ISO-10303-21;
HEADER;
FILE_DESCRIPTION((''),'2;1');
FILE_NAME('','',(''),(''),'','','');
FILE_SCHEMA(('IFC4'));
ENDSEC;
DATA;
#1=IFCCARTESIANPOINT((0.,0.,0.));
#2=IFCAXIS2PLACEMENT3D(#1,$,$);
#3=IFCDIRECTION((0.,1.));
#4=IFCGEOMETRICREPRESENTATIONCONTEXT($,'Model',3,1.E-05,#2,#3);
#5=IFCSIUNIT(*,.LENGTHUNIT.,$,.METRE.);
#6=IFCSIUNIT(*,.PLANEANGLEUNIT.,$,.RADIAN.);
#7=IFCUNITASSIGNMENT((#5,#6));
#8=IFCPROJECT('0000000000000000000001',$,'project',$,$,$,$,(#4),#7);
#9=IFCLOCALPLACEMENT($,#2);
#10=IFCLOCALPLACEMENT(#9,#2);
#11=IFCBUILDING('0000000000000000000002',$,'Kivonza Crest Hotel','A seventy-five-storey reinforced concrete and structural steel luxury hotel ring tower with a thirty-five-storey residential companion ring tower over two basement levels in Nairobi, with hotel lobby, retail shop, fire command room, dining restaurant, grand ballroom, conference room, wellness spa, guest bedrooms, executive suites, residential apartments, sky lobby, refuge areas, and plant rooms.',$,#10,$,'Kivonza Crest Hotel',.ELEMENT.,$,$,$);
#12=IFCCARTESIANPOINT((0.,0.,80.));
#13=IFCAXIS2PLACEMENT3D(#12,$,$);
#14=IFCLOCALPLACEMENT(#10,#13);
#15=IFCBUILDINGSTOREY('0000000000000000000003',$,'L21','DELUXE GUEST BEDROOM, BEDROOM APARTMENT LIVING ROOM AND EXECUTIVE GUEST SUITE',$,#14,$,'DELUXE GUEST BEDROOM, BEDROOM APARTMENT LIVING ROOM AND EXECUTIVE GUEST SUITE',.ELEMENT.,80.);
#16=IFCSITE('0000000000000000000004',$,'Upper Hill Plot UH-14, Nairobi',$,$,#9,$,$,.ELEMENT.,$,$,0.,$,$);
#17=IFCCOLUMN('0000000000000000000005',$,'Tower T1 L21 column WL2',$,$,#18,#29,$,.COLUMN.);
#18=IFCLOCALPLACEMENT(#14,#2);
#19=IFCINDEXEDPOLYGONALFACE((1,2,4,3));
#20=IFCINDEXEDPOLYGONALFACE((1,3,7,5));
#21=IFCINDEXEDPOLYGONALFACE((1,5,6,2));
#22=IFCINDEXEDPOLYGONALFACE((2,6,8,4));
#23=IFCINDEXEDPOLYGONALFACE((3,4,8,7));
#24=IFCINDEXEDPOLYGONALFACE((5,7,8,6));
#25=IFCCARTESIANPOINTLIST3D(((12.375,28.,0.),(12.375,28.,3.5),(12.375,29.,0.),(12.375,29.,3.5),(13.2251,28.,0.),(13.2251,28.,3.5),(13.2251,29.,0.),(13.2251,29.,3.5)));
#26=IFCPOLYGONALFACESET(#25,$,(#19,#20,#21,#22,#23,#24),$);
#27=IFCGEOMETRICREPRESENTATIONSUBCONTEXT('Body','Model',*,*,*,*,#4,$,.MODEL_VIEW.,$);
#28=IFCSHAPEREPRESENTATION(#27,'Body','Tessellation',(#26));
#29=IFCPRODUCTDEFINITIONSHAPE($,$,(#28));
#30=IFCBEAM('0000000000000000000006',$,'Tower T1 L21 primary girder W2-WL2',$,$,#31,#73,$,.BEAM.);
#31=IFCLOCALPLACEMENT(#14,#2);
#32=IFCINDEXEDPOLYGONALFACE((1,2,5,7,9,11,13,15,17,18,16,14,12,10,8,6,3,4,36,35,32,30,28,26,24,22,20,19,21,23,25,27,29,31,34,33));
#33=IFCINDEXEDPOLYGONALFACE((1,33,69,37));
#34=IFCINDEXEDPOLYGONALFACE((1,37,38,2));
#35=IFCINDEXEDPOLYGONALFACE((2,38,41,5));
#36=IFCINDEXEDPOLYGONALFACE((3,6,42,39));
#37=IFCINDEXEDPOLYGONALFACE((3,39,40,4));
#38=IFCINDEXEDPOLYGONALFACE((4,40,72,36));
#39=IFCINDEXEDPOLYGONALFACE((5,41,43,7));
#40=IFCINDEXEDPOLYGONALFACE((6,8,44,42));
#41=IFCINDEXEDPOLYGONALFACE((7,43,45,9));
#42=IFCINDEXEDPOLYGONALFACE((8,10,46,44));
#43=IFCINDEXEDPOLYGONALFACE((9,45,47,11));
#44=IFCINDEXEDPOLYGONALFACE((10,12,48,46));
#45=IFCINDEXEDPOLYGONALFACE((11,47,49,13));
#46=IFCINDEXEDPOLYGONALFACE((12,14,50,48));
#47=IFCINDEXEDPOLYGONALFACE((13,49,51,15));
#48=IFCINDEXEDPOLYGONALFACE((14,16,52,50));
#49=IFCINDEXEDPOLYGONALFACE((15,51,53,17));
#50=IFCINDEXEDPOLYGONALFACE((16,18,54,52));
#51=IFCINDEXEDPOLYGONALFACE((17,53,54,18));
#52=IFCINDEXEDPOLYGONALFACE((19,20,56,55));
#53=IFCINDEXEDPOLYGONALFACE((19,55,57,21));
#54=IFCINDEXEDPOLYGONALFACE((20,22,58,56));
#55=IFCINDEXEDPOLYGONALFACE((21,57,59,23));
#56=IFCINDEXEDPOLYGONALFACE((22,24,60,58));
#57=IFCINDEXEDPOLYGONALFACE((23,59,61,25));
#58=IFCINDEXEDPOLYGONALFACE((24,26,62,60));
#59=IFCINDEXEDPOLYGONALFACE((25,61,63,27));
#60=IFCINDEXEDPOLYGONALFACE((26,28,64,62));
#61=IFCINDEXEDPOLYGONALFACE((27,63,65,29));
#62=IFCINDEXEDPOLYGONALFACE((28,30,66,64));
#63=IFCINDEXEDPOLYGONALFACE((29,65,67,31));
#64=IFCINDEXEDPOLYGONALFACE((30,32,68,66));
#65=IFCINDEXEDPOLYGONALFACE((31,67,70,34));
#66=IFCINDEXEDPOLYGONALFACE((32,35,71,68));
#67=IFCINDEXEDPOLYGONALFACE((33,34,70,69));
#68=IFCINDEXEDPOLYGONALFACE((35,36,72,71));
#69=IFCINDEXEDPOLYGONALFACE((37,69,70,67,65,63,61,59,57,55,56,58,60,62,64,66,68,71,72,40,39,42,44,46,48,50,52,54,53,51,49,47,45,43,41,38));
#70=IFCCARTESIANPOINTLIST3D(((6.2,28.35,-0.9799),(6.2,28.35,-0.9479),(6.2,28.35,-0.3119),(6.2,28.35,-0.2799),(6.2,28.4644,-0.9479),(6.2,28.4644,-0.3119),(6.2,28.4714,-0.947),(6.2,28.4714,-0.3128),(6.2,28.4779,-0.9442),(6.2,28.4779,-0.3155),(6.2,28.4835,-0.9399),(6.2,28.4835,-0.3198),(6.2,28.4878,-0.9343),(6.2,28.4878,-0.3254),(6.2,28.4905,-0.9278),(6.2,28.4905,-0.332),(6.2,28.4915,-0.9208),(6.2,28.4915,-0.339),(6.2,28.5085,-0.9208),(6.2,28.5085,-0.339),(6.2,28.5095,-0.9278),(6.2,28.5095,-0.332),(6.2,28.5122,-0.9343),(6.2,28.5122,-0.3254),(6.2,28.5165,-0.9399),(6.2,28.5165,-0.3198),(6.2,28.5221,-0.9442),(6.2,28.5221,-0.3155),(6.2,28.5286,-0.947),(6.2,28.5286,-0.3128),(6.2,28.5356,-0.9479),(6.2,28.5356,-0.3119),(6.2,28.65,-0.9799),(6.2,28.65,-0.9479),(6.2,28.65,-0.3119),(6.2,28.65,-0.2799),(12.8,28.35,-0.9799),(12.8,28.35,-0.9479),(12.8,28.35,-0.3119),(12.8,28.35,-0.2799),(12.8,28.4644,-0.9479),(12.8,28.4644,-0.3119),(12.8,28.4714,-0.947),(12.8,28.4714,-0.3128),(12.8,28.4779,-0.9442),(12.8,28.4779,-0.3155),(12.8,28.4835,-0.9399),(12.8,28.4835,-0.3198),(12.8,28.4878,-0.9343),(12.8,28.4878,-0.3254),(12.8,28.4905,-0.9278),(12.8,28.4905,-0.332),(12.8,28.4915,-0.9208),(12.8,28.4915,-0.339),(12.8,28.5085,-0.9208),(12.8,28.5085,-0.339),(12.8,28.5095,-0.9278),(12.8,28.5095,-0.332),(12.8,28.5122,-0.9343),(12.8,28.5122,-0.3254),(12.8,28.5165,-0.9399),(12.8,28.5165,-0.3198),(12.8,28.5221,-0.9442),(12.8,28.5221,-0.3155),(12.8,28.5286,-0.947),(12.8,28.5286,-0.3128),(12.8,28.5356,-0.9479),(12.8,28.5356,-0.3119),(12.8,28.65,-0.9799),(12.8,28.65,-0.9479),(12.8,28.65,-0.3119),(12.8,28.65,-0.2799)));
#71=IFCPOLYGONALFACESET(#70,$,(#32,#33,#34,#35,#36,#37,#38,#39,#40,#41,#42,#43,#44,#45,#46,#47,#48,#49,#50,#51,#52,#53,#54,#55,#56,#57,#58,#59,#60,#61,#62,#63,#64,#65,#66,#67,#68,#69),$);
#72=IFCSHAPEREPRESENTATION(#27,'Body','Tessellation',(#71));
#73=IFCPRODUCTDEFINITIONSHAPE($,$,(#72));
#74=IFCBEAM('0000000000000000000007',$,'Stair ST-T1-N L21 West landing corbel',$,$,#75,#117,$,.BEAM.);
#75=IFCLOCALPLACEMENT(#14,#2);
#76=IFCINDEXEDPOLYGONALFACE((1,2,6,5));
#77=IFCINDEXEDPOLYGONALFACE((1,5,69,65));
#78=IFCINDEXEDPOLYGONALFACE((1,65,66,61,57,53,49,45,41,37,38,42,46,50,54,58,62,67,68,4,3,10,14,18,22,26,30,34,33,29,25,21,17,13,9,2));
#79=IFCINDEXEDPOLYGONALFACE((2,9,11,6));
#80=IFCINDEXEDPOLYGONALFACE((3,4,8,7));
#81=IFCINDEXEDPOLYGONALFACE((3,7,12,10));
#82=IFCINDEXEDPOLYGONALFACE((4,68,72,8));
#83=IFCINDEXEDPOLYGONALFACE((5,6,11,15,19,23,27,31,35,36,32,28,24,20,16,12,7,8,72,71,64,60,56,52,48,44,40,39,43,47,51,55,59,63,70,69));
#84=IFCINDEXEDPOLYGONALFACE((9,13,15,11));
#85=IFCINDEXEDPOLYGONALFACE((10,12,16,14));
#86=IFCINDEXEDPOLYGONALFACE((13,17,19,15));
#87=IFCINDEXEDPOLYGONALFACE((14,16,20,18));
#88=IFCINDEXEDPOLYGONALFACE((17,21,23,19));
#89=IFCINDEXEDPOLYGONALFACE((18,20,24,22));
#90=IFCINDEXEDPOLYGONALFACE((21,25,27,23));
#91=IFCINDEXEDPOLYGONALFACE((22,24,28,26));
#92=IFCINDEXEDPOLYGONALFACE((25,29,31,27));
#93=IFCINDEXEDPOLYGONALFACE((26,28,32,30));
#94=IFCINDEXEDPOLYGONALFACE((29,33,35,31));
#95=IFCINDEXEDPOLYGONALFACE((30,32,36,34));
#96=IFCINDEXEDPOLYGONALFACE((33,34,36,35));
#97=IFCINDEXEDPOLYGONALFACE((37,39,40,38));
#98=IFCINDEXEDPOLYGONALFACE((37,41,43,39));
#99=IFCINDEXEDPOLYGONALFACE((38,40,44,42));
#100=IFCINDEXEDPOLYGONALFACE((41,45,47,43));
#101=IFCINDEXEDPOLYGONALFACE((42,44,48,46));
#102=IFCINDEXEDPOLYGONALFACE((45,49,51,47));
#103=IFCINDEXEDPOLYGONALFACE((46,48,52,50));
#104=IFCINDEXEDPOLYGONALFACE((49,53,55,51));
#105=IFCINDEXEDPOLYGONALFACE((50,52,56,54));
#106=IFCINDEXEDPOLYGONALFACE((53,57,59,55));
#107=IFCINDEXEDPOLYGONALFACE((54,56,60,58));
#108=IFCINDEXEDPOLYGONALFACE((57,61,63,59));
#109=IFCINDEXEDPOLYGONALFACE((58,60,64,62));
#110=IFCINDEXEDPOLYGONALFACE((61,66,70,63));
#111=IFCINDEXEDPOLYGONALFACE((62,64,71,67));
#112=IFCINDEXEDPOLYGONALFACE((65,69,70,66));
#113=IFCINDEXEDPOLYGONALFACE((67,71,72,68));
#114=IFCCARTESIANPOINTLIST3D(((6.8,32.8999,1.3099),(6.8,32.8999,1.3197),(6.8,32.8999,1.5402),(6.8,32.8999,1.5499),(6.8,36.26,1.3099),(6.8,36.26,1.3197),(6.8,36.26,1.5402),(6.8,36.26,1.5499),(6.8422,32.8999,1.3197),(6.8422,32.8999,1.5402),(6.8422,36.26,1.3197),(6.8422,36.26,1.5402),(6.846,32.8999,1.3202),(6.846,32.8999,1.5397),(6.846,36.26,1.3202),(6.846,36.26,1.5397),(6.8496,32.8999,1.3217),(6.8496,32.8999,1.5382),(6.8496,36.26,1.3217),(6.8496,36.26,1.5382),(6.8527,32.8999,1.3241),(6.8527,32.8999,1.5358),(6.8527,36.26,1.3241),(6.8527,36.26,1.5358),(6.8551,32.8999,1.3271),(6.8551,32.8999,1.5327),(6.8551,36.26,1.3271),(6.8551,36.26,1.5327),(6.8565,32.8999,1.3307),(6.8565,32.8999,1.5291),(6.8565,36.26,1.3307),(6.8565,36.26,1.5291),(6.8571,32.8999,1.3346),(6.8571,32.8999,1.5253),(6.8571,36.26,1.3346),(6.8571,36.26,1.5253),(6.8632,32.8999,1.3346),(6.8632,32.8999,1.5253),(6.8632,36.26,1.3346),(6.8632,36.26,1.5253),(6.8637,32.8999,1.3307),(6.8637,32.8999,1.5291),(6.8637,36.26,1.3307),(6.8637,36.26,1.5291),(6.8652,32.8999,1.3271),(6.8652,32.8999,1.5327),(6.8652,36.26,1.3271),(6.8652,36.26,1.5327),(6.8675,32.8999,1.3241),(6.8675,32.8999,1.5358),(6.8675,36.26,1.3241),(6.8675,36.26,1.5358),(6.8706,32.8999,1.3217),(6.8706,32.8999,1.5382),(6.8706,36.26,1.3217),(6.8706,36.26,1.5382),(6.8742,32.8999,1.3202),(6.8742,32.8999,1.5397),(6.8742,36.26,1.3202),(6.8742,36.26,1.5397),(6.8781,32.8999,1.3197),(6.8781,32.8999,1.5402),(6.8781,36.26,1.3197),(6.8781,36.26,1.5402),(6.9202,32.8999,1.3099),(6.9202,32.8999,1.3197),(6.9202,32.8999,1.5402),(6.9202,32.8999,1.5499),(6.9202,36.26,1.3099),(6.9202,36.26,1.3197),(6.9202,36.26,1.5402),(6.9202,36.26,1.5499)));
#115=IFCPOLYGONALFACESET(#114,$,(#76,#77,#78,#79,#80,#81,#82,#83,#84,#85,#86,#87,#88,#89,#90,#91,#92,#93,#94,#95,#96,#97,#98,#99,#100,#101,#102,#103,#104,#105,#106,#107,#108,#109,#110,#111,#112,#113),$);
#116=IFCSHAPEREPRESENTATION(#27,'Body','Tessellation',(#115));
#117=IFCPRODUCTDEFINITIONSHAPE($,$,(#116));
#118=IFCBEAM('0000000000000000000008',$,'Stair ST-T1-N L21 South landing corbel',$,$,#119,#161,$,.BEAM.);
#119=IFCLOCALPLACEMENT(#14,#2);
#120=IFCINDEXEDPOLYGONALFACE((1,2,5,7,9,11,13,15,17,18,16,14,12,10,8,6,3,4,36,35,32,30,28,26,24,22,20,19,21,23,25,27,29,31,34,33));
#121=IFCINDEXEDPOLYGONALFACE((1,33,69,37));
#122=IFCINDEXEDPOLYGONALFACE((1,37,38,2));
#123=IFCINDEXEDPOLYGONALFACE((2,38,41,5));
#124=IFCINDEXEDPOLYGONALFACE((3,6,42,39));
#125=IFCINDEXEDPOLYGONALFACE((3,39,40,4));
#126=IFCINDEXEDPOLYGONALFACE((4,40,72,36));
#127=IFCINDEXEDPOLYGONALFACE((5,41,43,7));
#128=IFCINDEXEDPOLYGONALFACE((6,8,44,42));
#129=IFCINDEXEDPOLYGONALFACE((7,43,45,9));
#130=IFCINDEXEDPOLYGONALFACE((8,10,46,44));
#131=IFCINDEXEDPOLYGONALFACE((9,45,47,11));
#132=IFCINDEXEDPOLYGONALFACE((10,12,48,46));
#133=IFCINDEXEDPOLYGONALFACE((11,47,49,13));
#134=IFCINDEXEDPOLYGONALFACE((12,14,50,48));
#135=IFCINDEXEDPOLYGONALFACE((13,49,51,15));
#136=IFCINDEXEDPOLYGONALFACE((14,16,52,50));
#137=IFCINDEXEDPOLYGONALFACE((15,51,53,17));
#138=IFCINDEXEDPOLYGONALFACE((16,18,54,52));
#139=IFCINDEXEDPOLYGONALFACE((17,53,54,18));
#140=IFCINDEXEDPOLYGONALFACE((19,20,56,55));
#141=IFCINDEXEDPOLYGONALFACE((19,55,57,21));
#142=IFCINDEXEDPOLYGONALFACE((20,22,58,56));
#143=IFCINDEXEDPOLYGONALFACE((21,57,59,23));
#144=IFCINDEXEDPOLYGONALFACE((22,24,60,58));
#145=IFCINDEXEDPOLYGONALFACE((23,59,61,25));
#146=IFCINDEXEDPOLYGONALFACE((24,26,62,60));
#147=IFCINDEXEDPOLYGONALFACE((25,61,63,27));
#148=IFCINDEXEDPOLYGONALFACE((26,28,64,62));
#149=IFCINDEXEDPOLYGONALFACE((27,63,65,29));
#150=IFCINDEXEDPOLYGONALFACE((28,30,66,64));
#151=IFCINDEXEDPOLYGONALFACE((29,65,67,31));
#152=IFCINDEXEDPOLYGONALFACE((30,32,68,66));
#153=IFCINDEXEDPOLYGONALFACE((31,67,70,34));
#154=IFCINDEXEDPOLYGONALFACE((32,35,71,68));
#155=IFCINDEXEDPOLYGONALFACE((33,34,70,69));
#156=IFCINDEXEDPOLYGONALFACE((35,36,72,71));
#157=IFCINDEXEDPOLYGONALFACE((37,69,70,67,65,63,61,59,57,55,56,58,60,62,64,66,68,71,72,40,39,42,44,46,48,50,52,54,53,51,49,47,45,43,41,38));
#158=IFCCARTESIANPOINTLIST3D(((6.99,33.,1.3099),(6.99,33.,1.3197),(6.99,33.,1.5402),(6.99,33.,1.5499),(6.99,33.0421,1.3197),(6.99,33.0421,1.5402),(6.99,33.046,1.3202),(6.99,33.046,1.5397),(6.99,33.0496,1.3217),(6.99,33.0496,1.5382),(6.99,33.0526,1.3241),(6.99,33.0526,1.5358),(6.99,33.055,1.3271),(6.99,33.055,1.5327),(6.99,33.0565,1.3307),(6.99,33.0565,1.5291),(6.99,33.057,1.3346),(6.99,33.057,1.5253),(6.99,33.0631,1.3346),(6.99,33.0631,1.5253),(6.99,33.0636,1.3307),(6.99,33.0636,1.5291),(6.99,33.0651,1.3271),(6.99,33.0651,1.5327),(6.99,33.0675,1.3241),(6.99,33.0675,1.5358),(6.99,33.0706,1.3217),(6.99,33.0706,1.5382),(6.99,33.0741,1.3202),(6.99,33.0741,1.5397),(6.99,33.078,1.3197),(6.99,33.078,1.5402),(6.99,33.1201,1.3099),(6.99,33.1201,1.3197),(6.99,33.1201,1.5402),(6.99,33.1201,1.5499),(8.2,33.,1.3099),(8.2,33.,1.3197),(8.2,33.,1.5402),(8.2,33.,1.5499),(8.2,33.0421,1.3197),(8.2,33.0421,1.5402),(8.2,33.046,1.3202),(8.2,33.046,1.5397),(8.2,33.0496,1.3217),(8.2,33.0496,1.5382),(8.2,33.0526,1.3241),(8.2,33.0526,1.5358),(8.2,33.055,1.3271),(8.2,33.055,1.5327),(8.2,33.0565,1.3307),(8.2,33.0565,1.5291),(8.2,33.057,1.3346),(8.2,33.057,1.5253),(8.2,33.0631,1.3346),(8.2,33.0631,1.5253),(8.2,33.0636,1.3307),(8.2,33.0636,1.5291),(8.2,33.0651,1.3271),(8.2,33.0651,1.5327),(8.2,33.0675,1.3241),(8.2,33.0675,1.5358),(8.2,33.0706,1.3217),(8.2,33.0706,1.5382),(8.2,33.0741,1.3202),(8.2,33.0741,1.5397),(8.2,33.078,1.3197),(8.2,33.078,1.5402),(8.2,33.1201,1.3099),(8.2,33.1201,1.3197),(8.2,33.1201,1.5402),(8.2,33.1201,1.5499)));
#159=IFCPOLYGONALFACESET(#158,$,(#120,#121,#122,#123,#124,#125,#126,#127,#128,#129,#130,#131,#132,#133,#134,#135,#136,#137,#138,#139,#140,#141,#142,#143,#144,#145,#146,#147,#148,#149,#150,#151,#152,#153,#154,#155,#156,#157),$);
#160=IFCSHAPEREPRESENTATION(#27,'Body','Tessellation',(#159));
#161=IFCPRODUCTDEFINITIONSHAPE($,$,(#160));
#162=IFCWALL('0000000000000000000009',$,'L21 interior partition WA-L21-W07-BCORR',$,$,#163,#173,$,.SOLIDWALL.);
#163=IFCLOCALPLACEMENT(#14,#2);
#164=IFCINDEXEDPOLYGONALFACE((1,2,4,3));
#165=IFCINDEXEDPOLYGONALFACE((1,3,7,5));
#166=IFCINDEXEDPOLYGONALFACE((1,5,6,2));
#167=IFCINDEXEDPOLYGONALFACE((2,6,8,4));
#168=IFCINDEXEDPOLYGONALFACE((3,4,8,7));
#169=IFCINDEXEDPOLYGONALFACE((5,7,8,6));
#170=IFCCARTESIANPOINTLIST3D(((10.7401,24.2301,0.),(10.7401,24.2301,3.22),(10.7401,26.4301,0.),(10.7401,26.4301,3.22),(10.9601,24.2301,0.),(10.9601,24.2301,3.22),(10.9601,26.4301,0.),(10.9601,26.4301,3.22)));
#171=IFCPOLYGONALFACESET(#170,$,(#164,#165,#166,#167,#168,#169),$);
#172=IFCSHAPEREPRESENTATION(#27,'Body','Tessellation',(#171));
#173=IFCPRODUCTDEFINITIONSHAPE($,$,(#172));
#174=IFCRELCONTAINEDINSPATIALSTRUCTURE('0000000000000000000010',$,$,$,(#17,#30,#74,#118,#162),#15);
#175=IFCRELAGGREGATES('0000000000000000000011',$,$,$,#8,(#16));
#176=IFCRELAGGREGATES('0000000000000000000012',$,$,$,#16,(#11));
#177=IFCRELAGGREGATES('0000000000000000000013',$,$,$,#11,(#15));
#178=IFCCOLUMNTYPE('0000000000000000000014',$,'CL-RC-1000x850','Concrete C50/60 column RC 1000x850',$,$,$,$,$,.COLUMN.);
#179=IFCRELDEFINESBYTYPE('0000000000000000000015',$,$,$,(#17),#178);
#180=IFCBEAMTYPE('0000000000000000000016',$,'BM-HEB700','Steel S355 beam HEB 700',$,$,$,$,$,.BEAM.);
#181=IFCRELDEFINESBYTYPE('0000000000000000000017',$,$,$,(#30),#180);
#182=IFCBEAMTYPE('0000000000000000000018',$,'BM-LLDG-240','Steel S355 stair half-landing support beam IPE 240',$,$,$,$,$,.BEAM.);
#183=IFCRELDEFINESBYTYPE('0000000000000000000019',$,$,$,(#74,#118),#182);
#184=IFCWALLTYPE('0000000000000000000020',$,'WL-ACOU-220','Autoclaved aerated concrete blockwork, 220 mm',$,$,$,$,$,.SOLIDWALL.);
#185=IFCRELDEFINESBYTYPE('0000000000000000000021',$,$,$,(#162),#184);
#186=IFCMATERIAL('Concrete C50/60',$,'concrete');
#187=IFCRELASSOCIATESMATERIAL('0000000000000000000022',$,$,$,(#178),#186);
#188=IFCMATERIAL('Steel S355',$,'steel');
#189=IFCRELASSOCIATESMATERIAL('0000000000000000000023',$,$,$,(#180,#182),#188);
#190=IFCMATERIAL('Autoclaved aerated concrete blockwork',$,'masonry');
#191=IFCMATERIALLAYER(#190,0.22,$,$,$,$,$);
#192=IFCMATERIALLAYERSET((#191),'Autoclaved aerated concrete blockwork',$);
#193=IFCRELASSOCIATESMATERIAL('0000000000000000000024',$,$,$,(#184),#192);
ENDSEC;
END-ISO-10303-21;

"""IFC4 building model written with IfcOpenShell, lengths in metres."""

from ifc_helpers import new_model, si_unit, direction, frame, frame_2d, origin, origin_2d, place, context, subcontext, project, spatial, rectangle, i_section, extrude, material, layer, layer_set, material_profile, profile_set, type_object, element, save


model = new_model("IFC4")

# Units and contexts
model_context = context("Model", 3, precision=1e-05, world=origin(), true_north=direction((0.0, 1.0)))
body_context = subcontext(model_context, "Body", "Model", "MODEL_VIEW")
ifc_project = project(units=[si_unit("LENGTHUNIT", "METRE"), si_unit("PLANEANGLEUNIT", "RADIAN")], contexts=[model_context])

# Site, building, storey
site_placement = place(None, origin())
site = spatial("IfcSite", under=ifc_project, at=site_placement, Name="Upper Hill Plot UH-14, Nairobi", CompositionType="ELEMENT", RefElevation=0.0)
building_placement = place(site_placement, origin())
building = spatial("IfcBuilding", under=site, at=building_placement, Name="Kivonza Crest Hotel", Description="A seventy-five-storey reinforced concrete and structural steel luxury hotel ring tower with a thirty-five-storey residential companion ring tower over two basement levels in Nairobi, with hotel lobby, retail shop, fire command room, dining restaurant, grand ballroom, conference room, wellness spa, guest bedrooms, executive suites, residential apartments, sky lobby, refuge areas, and plant rooms.", LongName="Kivonza Crest Hotel", CompositionType="ELEMENT")
storey_placement = place(building_placement, frame((0.0, 0.0, 80.0)))
storey = spatial("IfcBuildingStorey", under=building, at=storey_placement, Name="L21", Description="DELUXE GUEST BEDROOM, BEDROOM APARTMENT LIVING ROOM AND EXECUTIVE GUEST SUITE", LongName="DELUXE GUEST BEDROOM, BEDROOM APARTMENT LIVING ROOM AND EXECUTIVE GUEST SUITE", CompositionType="ELEMENT", Elevation=80.0)

# Column
ifc_material_1 = material(Name="Concrete C50/60", Category="concrete")
ifc_material_profile_1 = material_profile(ifc_material_1, rectangle(XDim=0.8501, YDim=1.0, at=origin_2d()), Name="RC 1000x850")
ifc_profile_set_1 = profile_set([ifc_material_profile_1], Name="Concrete C50/60")
column_type = type_object("IfcColumnType", Name="CL-RC-1000x850", Description="Concrete C50/60 column RC 1000x850", PredefinedType="COLUMN", material=ifc_profile_set_1)
column_placement = place(storey_placement, frame((12.8, 28.5, 0.0), z_axis=(0.0, 0.0, 1.0), x_axis=(1.0, 0.0, 0.0)))
element("IfcColumn", 1, at=column_placement, inside=storey, type_object=column_type, Name="Tower T1 L21 column WL2", PredefinedType="COLUMN", context=body_context, shape_type="SweptSolid", body=[
    extrude(rectangle(XDim=0.8501, YDim=1.0, at=origin_2d()), origin(), (0.0, 0.0, 1.0), 3.5),
])

# Beams
ifc_material_2 = material(Name="Steel S355", Category="steel")
ifc_material_profile_2 = material_profile(ifc_material_2, i_section(OverallWidth=0.3, OverallDepth=0.7, WebThickness=0.0171, FlangeThickness=0.032, FilletRadius=0.0271, at=origin_2d()), Name="HEB 700")
ifc_profile_set_2 = profile_set([ifc_material_profile_2], Name="Steel S355")
beam_type_1 = type_object("IfcBeamType", Name="BM-HEB700", Description="Steel S355 beam HEB 700", PredefinedType="BEAM", material=ifc_profile_set_2)
beam_1_placement = place(storey_placement, frame((6.2, 28.5, -0.6299), z_axis=(1.0, 0.0, 0.0), x_axis=(0.0, 1.0, 0.0)))
element("IfcBeam", 2, at=beam_1_placement, inside=storey, type_object=beam_type_1, Name="Tower T1 L21 primary girder W2-WL2", PredefinedType="BEAM", context=body_context, shape_type="SweptSolid", body=[
    extrude(i_section(OverallWidth=0.3, OverallDepth=0.7, WebThickness=0.0171, FlangeThickness=0.032, FilletRadius=0.0271, at=origin_2d()), origin(), (0.0, 0.0, 1.0), 6.6001),
])
ifc_material_profile_3 = material_profile(ifc_material_2, i_section(OverallWidth=0.1201, OverallDepth=0.24, WebThickness=0.0061, FlangeThickness=0.0098, FilletRadius=0.0149, at=origin_2d()), Name="IPE 240")
ifc_profile_set_3 = profile_set([ifc_material_profile_3], Name="Steel S355")
beam_type_2 = type_object("IfcBeamType", Name="BM-LLDG-240", Description="Steel S355 stair half-landing support beam IPE 240", PredefinedType="BEAM", material=ifc_profile_set_3)
beam_2_placement = place(storey_placement, frame((6.8601, 32.8999, 1.4299), z_axis=(0.0, 1.0, 0.0), x_axis=(-1.0, 0.0, 0.0)))
element("IfcBeam", 3, at=beam_2_placement, inside=storey, type_object=beam_type_2, Name="Stair ST-T1-N L21 West landing corbel", PredefinedType="BEAM", context=body_context, shape_type="SweptSolid", body=[
    extrude(i_section(OverallWidth=0.1201, OverallDepth=0.24, WebThickness=0.0061, FlangeThickness=0.0098, FilletRadius=0.0149, at=origin_2d()), origin(), (0.0, 0.0, 1.0), 3.3601),
])
beam_3_placement = place(storey_placement, frame((6.99, 33.0601, 1.4299), z_axis=(1.0, 0.0, 0.0), x_axis=(0.0, 1.0, 0.0)))
element("IfcBeam", 4, at=beam_3_placement, inside=storey, type_object=beam_type_2, Name="Stair ST-T1-N L21 South landing corbel", PredefinedType="BEAM", context=body_context, shape_type="SweptSolid", body=[
    extrude(i_section(OverallWidth=0.1201, OverallDepth=0.24, WebThickness=0.0061, FlangeThickness=0.0098, FilletRadius=0.0149, at=origin_2d()), origin(), (0.0, 0.0, 1.0), 1.21),
])

# Wall
ifc_material_3 = material(Name="Autoclaved aerated concrete blockwork", Category="masonry")
ifc_layer_1 = layer(ifc_material_3, 0.22)
ifc_layer_set_1 = layer_set([ifc_layer_1], Name="Autoclaved aerated concrete blockwork")
wall_type_1 = type_object("IfcWallType", Name="WL-ACOU-220", Description="Autoclaved aerated concrete blockwork, 220 mm", PredefinedType="SOLIDWALL", material=ifc_layer_set_1)
wall_1_placement = place(storey_placement, frame((10.8501, 24.23, 0.0), z_axis=(0.0, 0.0, 1.0), x_axis=(0.0, 1.0, 0.0)))
element("IfcWall", 5, at=wall_1_placement, inside=storey, type_object=wall_type_1, Name="L21 interior partition WA-L21-W07-BCORR", PredefinedType="SOLIDWALL", context=body_context, shape_type="SweptSolid", body=[
    extrude(rectangle(XDim=2.2, YDim=0.22, at=frame_2d((1.1001, 0.0))), origin(), (0.0, 0.0, 1.0), 3.22),
])

save(model, "model.ifc")
